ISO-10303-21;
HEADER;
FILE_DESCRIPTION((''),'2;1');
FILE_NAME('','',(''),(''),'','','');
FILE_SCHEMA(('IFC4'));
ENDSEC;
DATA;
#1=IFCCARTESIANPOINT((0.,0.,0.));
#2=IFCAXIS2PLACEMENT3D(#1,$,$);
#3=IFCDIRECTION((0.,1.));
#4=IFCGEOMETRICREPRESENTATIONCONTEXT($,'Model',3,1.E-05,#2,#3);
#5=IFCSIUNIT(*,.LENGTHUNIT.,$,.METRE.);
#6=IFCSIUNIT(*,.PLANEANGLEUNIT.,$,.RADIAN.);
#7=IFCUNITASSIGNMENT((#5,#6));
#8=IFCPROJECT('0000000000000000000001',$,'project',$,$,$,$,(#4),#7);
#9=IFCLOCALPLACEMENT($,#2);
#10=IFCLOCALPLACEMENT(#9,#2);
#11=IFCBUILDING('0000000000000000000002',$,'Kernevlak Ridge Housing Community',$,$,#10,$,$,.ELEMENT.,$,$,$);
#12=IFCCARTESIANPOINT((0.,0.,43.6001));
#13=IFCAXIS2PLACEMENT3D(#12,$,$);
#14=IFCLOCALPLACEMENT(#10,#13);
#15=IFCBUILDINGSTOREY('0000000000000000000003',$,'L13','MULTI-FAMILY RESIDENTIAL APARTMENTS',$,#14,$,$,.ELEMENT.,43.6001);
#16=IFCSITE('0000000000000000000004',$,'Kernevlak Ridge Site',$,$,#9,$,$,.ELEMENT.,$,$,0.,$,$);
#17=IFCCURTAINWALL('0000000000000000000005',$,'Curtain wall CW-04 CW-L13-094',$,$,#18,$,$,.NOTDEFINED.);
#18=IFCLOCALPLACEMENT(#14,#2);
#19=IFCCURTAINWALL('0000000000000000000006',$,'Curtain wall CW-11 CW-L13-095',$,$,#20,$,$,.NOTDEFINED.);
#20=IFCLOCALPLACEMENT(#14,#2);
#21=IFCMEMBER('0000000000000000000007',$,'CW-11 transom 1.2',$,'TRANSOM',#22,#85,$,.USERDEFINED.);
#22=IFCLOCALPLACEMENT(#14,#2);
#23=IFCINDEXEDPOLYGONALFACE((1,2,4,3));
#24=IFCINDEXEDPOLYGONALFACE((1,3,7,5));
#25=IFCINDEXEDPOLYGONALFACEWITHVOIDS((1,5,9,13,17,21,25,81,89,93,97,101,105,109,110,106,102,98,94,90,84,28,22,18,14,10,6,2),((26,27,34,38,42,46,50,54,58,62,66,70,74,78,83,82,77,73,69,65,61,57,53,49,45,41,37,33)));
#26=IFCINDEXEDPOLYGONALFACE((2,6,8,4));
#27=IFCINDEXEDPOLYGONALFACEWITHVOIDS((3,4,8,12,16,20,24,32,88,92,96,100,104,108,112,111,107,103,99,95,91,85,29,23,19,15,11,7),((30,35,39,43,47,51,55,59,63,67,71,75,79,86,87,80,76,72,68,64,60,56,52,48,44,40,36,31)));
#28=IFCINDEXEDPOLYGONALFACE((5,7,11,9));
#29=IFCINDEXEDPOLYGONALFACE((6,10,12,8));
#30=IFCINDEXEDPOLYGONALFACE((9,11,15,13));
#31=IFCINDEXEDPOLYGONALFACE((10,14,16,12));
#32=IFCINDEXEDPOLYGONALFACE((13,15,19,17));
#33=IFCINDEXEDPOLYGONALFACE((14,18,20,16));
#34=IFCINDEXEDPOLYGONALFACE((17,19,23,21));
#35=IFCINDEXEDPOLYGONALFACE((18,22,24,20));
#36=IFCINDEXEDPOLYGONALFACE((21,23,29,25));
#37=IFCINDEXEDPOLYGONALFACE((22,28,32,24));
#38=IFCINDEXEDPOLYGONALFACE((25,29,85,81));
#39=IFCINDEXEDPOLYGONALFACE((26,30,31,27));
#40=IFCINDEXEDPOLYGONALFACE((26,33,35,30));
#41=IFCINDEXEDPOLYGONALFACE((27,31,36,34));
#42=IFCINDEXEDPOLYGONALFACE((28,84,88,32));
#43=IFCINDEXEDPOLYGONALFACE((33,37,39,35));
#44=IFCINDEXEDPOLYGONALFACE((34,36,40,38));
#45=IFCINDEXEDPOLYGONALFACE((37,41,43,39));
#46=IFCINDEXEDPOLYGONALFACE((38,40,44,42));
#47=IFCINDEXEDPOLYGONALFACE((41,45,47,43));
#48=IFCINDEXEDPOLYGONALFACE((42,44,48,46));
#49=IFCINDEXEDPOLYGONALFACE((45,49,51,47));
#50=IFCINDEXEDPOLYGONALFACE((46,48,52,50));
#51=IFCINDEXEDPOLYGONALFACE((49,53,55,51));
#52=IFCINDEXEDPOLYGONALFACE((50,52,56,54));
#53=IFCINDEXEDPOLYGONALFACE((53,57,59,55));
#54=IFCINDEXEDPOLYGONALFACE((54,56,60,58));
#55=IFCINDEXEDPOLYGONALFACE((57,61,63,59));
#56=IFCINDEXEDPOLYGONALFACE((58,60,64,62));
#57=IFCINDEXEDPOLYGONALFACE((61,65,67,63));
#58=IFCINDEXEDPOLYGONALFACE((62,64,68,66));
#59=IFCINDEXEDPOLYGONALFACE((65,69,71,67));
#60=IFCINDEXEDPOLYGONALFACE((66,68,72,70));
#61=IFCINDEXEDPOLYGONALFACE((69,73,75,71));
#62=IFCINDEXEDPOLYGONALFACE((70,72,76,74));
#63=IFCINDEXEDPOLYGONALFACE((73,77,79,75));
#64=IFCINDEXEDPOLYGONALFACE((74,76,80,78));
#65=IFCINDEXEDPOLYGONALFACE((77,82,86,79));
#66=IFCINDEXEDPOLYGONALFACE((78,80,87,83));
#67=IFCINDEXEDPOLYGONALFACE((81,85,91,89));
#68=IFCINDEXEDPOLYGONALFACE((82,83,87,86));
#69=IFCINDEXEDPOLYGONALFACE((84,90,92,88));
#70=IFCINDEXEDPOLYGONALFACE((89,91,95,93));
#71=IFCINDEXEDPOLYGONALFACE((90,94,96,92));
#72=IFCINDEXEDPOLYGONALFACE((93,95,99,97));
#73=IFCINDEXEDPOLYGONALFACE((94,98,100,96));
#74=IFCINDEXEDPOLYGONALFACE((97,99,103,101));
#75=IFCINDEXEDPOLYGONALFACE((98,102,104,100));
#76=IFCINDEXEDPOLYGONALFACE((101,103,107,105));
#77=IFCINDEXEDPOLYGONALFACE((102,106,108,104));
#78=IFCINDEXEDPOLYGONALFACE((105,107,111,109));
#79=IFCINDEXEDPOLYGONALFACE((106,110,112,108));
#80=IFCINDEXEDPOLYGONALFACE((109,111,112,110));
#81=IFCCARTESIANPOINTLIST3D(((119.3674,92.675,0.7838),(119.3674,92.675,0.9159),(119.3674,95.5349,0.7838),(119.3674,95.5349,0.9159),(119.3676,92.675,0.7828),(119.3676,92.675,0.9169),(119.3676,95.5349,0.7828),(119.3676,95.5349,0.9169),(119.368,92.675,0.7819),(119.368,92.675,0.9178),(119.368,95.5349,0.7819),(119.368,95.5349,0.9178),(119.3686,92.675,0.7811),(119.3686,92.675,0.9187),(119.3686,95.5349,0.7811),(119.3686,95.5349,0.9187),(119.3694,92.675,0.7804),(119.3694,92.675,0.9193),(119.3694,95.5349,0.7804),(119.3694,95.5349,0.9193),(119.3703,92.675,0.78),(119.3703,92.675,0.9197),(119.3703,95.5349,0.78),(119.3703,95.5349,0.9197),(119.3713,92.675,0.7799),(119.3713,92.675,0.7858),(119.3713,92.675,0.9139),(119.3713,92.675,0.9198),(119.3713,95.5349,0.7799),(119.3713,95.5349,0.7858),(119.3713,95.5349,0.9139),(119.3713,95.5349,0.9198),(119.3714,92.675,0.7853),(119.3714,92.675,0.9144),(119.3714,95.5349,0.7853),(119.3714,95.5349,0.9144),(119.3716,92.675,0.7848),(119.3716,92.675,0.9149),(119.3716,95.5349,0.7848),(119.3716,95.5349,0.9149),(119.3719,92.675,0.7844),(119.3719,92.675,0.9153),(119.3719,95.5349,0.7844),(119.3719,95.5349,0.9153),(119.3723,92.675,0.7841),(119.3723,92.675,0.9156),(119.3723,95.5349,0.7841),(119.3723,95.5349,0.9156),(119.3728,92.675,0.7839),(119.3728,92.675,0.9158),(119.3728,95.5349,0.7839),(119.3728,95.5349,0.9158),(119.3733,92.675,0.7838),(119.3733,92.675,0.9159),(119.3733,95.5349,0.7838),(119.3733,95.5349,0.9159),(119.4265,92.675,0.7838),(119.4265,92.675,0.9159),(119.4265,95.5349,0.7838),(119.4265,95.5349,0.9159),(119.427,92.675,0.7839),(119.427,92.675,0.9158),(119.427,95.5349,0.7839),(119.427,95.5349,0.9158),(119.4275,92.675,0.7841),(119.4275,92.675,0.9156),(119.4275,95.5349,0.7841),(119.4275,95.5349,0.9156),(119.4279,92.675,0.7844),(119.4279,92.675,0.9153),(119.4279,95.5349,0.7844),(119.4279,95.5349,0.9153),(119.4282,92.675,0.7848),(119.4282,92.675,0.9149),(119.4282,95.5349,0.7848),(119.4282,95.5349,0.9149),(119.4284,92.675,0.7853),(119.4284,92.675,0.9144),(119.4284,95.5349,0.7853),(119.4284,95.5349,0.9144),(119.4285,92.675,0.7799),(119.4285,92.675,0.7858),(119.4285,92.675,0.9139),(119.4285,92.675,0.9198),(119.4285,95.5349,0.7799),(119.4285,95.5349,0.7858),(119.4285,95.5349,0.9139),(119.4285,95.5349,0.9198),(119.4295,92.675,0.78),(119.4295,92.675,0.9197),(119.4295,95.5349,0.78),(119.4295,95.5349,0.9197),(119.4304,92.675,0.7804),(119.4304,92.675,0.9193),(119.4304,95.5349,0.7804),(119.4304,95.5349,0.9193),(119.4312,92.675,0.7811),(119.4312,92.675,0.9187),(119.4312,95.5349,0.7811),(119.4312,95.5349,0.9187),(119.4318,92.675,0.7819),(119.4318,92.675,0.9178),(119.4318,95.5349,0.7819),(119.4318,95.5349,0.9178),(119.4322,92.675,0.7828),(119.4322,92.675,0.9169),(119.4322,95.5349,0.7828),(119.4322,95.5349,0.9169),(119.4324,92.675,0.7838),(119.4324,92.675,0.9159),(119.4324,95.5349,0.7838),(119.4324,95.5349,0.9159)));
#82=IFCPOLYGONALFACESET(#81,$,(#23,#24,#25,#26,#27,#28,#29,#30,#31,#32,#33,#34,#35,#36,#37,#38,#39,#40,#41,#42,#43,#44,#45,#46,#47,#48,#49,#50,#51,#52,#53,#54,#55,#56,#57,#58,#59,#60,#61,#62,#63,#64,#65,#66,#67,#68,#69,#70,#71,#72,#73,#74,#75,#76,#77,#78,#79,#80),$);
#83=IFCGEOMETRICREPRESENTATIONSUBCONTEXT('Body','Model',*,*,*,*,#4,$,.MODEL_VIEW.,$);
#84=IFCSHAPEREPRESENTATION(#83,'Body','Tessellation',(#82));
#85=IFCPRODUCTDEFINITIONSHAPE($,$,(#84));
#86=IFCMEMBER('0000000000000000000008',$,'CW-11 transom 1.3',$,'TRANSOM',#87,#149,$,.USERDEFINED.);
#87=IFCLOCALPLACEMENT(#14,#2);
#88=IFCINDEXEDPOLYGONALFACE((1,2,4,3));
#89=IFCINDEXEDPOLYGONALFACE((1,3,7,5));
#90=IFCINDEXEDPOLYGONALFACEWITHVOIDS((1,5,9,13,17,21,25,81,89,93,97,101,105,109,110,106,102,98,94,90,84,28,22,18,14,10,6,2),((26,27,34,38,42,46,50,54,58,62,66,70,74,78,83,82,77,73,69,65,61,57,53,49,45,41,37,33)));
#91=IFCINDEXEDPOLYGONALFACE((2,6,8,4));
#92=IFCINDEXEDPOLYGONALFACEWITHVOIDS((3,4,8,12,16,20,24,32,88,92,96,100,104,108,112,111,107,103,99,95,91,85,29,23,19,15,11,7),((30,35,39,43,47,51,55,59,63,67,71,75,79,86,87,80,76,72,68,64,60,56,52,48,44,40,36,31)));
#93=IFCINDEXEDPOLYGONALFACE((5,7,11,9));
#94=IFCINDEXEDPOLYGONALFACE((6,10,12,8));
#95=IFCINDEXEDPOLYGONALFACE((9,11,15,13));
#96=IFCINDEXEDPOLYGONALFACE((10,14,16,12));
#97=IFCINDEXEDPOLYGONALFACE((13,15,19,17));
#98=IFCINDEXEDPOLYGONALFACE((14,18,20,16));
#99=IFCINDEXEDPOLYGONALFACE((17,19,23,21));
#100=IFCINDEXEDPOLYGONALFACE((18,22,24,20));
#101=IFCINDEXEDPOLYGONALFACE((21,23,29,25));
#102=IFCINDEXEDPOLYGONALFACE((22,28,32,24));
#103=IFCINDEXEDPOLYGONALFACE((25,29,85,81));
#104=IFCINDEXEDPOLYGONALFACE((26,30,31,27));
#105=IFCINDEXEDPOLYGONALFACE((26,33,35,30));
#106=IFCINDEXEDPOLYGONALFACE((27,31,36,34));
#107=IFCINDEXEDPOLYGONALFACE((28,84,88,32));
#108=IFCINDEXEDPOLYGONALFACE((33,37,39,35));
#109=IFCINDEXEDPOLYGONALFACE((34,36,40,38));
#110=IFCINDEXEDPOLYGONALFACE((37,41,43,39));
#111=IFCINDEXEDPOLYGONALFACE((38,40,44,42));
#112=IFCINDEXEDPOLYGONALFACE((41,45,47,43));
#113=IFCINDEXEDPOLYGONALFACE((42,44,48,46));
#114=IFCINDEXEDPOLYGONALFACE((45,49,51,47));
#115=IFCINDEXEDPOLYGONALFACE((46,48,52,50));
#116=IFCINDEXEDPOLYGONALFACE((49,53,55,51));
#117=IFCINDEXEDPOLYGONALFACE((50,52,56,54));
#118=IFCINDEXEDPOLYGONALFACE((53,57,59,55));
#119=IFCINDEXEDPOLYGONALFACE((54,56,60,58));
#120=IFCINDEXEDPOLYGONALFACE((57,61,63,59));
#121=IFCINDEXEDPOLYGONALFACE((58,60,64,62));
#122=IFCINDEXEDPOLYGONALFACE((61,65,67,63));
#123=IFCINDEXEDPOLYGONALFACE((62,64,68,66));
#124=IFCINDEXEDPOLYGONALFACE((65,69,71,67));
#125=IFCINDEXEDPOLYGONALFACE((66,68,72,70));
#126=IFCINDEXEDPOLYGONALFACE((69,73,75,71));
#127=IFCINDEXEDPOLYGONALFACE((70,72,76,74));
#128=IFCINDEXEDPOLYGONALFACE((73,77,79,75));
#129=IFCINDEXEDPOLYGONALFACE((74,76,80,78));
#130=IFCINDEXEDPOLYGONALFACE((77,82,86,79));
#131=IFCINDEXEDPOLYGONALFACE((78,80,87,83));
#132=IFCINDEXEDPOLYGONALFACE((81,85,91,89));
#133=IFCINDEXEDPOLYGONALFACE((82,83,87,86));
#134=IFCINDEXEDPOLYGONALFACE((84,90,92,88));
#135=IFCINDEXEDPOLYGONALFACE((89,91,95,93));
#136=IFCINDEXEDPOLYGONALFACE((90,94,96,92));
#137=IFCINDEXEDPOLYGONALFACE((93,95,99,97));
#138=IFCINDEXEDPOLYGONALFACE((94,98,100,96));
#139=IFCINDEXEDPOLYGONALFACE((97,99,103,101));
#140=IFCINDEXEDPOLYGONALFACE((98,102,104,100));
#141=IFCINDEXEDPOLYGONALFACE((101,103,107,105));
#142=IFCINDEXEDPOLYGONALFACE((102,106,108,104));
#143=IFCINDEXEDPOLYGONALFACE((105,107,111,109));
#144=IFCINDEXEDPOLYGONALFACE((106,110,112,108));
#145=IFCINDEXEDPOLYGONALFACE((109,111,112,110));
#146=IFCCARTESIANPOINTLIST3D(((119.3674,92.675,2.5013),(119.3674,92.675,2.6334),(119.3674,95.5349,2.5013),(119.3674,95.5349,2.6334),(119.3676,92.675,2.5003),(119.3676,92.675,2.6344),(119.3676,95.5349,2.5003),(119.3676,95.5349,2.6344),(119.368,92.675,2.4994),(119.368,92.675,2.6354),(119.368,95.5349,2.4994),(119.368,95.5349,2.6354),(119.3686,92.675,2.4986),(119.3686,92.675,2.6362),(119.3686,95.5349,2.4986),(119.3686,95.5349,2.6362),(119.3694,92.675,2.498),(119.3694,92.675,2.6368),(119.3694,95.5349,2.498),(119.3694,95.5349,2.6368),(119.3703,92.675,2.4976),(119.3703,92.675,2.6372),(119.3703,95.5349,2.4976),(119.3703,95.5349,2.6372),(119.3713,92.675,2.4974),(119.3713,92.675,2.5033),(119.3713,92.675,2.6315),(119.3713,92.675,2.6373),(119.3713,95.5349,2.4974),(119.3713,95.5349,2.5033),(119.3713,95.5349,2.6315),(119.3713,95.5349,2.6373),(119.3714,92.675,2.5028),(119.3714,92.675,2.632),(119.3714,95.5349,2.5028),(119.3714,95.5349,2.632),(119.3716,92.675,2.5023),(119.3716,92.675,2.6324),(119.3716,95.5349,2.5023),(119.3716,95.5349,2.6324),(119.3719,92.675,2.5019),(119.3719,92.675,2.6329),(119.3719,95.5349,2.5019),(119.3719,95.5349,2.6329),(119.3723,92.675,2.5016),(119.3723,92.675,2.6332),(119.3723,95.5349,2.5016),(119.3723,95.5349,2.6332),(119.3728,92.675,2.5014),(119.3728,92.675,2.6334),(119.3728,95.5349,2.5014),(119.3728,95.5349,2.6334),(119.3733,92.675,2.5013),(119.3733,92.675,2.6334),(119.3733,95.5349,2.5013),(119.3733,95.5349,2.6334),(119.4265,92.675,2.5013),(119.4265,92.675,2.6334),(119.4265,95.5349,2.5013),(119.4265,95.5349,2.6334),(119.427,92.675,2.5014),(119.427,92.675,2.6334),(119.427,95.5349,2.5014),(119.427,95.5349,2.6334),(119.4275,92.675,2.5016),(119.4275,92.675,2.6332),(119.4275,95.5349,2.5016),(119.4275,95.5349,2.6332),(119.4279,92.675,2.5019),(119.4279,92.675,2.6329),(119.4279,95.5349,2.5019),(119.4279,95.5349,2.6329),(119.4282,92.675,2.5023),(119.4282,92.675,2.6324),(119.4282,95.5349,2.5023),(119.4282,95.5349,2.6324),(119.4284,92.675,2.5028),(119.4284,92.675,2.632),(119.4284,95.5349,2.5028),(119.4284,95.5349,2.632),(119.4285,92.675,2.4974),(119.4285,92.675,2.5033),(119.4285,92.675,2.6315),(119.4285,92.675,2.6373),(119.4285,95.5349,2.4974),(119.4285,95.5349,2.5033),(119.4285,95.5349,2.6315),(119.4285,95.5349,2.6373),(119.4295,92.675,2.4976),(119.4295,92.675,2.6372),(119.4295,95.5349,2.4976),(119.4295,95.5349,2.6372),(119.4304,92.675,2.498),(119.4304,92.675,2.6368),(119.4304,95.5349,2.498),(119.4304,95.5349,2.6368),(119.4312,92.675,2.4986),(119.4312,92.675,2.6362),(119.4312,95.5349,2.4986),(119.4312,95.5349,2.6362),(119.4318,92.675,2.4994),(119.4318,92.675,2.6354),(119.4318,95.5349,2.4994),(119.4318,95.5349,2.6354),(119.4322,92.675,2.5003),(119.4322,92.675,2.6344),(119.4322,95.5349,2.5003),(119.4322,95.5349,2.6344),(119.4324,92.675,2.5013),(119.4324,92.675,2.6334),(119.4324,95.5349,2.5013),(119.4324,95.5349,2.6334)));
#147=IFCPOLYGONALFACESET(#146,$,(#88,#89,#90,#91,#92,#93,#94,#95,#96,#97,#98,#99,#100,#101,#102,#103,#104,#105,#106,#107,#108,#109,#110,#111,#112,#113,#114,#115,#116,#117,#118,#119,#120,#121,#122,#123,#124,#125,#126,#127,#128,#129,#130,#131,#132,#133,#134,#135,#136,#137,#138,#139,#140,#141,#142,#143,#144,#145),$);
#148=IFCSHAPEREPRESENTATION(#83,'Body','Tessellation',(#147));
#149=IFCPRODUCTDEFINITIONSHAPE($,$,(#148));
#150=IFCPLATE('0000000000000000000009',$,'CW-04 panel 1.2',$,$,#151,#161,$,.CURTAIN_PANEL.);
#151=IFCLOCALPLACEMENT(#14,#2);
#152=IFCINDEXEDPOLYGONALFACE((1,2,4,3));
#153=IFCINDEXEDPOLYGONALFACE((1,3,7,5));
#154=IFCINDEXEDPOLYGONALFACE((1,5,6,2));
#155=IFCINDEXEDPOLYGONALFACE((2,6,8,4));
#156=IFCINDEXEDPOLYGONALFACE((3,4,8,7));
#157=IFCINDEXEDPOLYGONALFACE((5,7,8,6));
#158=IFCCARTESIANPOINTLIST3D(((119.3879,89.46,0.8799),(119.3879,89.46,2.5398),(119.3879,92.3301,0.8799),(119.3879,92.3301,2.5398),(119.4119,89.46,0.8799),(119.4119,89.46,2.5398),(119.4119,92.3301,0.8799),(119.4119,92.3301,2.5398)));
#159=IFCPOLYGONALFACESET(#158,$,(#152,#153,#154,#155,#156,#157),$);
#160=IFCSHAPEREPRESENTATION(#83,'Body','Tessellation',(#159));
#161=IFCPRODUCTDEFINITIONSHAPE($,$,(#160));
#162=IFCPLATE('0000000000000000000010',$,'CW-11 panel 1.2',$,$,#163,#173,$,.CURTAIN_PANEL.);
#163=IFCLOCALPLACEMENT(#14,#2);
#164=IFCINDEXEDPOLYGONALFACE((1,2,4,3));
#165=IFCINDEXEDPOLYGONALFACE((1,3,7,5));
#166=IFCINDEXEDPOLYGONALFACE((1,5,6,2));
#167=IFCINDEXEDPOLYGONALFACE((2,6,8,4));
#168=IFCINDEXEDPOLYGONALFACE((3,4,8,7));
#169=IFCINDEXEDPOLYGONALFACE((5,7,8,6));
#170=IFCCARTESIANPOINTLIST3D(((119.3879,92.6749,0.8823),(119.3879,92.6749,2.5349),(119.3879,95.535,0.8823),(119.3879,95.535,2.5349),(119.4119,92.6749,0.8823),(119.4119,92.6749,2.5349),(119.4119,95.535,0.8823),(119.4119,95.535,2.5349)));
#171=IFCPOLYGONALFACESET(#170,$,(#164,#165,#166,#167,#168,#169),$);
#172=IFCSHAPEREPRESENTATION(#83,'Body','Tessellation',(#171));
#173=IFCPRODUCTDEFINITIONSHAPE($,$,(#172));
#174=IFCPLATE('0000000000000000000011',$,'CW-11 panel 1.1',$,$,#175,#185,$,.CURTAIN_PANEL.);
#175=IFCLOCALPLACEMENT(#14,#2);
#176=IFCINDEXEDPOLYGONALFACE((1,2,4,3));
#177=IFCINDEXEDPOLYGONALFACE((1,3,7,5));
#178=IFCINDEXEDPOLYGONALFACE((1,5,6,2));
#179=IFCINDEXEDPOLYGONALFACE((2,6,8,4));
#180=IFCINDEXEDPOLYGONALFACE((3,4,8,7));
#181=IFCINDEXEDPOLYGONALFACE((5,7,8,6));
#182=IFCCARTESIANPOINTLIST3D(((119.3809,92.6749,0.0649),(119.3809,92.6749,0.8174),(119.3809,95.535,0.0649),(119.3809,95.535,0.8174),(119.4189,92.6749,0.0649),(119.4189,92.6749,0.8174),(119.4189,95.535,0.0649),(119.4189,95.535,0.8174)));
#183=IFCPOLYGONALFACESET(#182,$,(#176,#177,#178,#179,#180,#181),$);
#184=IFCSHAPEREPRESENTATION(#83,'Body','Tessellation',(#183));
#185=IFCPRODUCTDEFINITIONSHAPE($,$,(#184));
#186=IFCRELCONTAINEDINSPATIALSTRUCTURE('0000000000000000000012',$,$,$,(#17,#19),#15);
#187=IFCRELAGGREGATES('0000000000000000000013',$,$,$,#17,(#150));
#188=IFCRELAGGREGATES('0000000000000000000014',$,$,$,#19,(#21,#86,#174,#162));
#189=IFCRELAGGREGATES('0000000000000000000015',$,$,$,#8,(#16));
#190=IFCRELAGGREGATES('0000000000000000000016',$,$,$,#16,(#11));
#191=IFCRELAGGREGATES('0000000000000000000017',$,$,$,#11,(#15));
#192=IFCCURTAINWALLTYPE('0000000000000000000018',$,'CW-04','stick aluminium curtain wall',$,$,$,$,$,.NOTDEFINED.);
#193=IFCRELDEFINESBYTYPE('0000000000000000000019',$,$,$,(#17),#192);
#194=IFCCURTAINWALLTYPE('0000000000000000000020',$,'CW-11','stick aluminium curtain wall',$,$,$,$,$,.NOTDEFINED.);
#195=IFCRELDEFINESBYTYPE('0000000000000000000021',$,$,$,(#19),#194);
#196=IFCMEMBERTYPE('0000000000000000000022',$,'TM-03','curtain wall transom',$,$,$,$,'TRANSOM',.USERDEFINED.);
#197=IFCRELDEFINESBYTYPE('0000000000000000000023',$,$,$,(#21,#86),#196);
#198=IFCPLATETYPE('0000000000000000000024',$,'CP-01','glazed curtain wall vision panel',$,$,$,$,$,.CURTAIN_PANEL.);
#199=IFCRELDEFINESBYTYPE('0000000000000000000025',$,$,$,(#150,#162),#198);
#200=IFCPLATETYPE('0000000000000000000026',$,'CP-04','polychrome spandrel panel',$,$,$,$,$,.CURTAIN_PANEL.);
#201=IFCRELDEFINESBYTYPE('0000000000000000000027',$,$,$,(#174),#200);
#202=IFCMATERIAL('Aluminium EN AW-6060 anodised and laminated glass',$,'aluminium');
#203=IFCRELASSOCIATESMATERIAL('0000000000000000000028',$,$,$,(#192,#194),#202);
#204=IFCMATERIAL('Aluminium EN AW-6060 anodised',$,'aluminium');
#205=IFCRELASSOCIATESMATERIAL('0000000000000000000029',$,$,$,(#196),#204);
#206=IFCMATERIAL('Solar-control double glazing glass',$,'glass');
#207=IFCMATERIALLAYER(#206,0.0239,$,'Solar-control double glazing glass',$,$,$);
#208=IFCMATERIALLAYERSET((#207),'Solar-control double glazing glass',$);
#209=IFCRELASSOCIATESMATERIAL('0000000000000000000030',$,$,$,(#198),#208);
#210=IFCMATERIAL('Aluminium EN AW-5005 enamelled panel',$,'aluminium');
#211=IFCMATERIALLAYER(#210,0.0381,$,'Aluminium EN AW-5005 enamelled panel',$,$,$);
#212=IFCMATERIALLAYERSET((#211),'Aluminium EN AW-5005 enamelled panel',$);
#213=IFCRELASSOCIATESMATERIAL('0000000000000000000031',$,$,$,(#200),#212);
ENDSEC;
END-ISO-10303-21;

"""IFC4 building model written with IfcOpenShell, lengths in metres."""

from ifc_helpers import new_model, si_unit, direction, frame, origin, origin_2d, place, context, subcontext, project, spatial, rectangle, hollow_rectangle, extrude, material, layer, layer_set, material_profile, profile_set, type_object, element, aggregate, save


model = new_model("IFC4")

# Units and contexts
model_context = context("Model", 3, precision=1e-05, world=origin(), true_north=direction((0.0, 1.0)))
body_context = subcontext(model_context, "Body", "Model", "MODEL_VIEW")
ifc_project = project(units=[si_unit("LENGTHUNIT", "METRE"), si_unit("PLANEANGLEUNIT", "RADIAN")], contexts=[model_context])

# Site, building, storey
site_placement = place(None, origin())
site = spatial("IfcSite", under=ifc_project, at=site_placement, Name="Kernevlak Ridge Site", CompositionType="ELEMENT", RefElevation=0.0)
building_placement = place(site_placement, origin())
building = spatial("IfcBuilding", under=site, at=building_placement, Name="Kernevlak Ridge Housing Community", CompositionType="ELEMENT")
storey_placement = place(building_placement, frame((0.0, 0.0, 43.6001)))
storey = spatial("IfcBuildingStorey", under=building, at=storey_placement, Name="L13", Description="MULTI-FAMILY RESIDENTIAL APARTMENTS", CompositionType="ELEMENT", Elevation=43.6001)

# Curtain wall
ifc_material_1 = material(Name="Aluminium EN AW-6060 anodised and laminated glass", Category="aluminium")
curtain_wall_type_1 = type_object("IfcCurtainWallType", Name="CW-04", Description="stick aluminium curtain wall", PredefinedType="NOTDEFINED", material=ifc_material_1)
curtain_wall_1_placement = place(storey_placement, origin())
curtain_wall_1 = element("IfcCurtainWall", 1, at=curtain_wall_1_placement, inside=storey, type_object=curtain_wall_type_1, Name="Curtain wall CW-04 CW-L13-094", PredefinedType="NOTDEFINED")
ifc_material_2 = material(Name="Aluminium EN AW-6060 anodised", Category="aluminium")

# Curtain wall, members
curtain_wall_type_2 = type_object("IfcCurtainWallType", Name="CW-11", Description="stick aluminium curtain wall", PredefinedType="NOTDEFINED", material=ifc_material_1)
curtain_wall_2_placement = place(storey_placement, origin())
curtain_wall_2 = element("IfcCurtainWall", 2, at=curtain_wall_2_placement, inside=storey, type_object=curtain_wall_type_2, Name="Curtain wall CW-11 CW-L13-095", PredefinedType="NOTDEFINED")
ifc_material_profile_1 = material_profile(ifc_material_2, hollow_rectangle(XDim=0.0649, YDim=0.1399, WallThickness=0.0039, InnerFilletRadius=0.002, OuterFilletRadius=0.0039, at=origin_2d()), Name="ALU 65x140x4")
ifc_profile_set_1 = profile_set([ifc_material_profile_1], Name="Aluminium EN AW-6060 anodised")
member_type_1 = type_object("IfcMemberType", Name="TM-03", Description="curtain wall transom", ElementType="TRANSOM", PredefinedType="USERDEFINED", material=ifc_profile_set_1)
member_1_placement = place(storey_placement, frame((119.3999, 92.675, 0.8499), z_axis=(0.0, 1.0, 0.0), x_axis=(-1.0, 0.0, 0.0)))
member_1 = element("IfcMember", 3, at=member_1_placement, type_object=member_type_1, Name="CW-11 transom 1.2", ObjectType="TRANSOM", PredefinedType="USERDEFINED", context=body_context, shape_type="SweptSolid", body=[
    extrude(hollow_rectangle(XDim=0.0649, YDim=0.1399, WallThickness=0.0039, InnerFilletRadius=0.002, OuterFilletRadius=0.0039, at=origin_2d()), origin(), (0.0, 0.0, 1.0), 2.8599),
])
member_2_placement = place(storey_placement, frame((119.3999, 92.675, 2.5674), z_axis=(0.0, 1.0, 0.0), x_axis=(-1.0, 0.0, 0.0)))
member_2 = element("IfcMember", 4, at=member_2_placement, type_object=member_type_1, Name="CW-11 transom 1.3", ObjectType="TRANSOM", PredefinedType="USERDEFINED", context=body_context, shape_type="SweptSolid", body=[
    extrude(hollow_rectangle(XDim=0.0649, YDim=0.1399, WallThickness=0.0039, InnerFilletRadius=0.002, OuterFilletRadius=0.0039, at=origin_2d()), origin(), (0.0, 0.0, 1.0), 2.8599),
])

# Plates
ifc_material_3 = material(Name="Solar-control double glazing glass", Category="glass")
ifc_layer_1 = layer(ifc_material_3, 0.0239, Name="Solar-control double glazing glass")
ifc_layer_set_1 = layer_set([ifc_layer_1], Name="Solar-control double glazing glass")
plate_type_1 = type_object("IfcPlateType", Name="CP-01", Description="glazed curtain wall vision panel", PredefinedType="CURTAIN_PANEL", material=ifc_layer_set_1)
plate_1_placement = place(storey_placement, frame((119.3999, 90.895, 0.8799), z_axis=(0.0, 0.0, 1.0), x_axis=(0.0, 1.0, 0.0)))
plate_1 = element("IfcPlate", 5, at=plate_1_placement, type_object=plate_type_1, Name="CW-04 panel 1.2", PredefinedType="CURTAIN_PANEL", context=body_context, shape_type="SweptSolid", body=[
    extrude(rectangle(XDim=2.8701, YDim=0.0239, at=origin_2d()), origin(), (0.0, 0.0, 1.0), 1.6599),
])
aggregate(curtain_wall_1, [plate_1])
plate_2_placement = place(storey_placement, frame((119.3999, 94.105, 0.8823), z_axis=(0.0, 0.0, 1.0), x_axis=(0.0, 1.0, 0.0)))
plate_2 = element("IfcPlate", 6, at=plate_2_placement, type_object=plate_type_1, Name="CW-11 panel 1.2", PredefinedType="CURTAIN_PANEL", context=body_context, shape_type="SweptSolid", body=[
    extrude(rectangle(XDim=2.8601, YDim=0.0239, at=origin_2d()), origin(), (0.0, 0.0, 1.0), 1.6526),
])
ifc_material_4 = material(Name="Aluminium EN AW-5005 enamelled panel", Category="aluminium")
ifc_layer_2 = layer(ifc_material_4, 0.0381, Name="Aluminium EN AW-5005 enamelled panel")
ifc_layer_set_2 = layer_set([ifc_layer_2], Name="Aluminium EN AW-5005 enamelled panel")
plate_type_2 = type_object("IfcPlateType", Name="CP-04", Description="polychrome spandrel panel", PredefinedType="CURTAIN_PANEL", material=ifc_layer_set_2)
plate_3_placement = place(storey_placement, frame((119.3999, 94.105, 0.0649), z_axis=(0.0, 0.0, 1.0), x_axis=(0.0, 1.0, 0.0)))
plate_3 = element("IfcPlate", 7, at=plate_3_placement, type_object=plate_type_2, Name="CW-11 panel 1.1", PredefinedType="CURTAIN_PANEL", context=body_context, shape_type="SweptSolid", body=[
    extrude(rectangle(XDim=2.8601, YDim=0.0381, at=origin_2d()), origin(), (0.0, 0.0, 1.0), 0.7524),
])
aggregate(curtain_wall_2, [member_1, member_2, plate_3, plate_2])

save(model, "model.ifc")
